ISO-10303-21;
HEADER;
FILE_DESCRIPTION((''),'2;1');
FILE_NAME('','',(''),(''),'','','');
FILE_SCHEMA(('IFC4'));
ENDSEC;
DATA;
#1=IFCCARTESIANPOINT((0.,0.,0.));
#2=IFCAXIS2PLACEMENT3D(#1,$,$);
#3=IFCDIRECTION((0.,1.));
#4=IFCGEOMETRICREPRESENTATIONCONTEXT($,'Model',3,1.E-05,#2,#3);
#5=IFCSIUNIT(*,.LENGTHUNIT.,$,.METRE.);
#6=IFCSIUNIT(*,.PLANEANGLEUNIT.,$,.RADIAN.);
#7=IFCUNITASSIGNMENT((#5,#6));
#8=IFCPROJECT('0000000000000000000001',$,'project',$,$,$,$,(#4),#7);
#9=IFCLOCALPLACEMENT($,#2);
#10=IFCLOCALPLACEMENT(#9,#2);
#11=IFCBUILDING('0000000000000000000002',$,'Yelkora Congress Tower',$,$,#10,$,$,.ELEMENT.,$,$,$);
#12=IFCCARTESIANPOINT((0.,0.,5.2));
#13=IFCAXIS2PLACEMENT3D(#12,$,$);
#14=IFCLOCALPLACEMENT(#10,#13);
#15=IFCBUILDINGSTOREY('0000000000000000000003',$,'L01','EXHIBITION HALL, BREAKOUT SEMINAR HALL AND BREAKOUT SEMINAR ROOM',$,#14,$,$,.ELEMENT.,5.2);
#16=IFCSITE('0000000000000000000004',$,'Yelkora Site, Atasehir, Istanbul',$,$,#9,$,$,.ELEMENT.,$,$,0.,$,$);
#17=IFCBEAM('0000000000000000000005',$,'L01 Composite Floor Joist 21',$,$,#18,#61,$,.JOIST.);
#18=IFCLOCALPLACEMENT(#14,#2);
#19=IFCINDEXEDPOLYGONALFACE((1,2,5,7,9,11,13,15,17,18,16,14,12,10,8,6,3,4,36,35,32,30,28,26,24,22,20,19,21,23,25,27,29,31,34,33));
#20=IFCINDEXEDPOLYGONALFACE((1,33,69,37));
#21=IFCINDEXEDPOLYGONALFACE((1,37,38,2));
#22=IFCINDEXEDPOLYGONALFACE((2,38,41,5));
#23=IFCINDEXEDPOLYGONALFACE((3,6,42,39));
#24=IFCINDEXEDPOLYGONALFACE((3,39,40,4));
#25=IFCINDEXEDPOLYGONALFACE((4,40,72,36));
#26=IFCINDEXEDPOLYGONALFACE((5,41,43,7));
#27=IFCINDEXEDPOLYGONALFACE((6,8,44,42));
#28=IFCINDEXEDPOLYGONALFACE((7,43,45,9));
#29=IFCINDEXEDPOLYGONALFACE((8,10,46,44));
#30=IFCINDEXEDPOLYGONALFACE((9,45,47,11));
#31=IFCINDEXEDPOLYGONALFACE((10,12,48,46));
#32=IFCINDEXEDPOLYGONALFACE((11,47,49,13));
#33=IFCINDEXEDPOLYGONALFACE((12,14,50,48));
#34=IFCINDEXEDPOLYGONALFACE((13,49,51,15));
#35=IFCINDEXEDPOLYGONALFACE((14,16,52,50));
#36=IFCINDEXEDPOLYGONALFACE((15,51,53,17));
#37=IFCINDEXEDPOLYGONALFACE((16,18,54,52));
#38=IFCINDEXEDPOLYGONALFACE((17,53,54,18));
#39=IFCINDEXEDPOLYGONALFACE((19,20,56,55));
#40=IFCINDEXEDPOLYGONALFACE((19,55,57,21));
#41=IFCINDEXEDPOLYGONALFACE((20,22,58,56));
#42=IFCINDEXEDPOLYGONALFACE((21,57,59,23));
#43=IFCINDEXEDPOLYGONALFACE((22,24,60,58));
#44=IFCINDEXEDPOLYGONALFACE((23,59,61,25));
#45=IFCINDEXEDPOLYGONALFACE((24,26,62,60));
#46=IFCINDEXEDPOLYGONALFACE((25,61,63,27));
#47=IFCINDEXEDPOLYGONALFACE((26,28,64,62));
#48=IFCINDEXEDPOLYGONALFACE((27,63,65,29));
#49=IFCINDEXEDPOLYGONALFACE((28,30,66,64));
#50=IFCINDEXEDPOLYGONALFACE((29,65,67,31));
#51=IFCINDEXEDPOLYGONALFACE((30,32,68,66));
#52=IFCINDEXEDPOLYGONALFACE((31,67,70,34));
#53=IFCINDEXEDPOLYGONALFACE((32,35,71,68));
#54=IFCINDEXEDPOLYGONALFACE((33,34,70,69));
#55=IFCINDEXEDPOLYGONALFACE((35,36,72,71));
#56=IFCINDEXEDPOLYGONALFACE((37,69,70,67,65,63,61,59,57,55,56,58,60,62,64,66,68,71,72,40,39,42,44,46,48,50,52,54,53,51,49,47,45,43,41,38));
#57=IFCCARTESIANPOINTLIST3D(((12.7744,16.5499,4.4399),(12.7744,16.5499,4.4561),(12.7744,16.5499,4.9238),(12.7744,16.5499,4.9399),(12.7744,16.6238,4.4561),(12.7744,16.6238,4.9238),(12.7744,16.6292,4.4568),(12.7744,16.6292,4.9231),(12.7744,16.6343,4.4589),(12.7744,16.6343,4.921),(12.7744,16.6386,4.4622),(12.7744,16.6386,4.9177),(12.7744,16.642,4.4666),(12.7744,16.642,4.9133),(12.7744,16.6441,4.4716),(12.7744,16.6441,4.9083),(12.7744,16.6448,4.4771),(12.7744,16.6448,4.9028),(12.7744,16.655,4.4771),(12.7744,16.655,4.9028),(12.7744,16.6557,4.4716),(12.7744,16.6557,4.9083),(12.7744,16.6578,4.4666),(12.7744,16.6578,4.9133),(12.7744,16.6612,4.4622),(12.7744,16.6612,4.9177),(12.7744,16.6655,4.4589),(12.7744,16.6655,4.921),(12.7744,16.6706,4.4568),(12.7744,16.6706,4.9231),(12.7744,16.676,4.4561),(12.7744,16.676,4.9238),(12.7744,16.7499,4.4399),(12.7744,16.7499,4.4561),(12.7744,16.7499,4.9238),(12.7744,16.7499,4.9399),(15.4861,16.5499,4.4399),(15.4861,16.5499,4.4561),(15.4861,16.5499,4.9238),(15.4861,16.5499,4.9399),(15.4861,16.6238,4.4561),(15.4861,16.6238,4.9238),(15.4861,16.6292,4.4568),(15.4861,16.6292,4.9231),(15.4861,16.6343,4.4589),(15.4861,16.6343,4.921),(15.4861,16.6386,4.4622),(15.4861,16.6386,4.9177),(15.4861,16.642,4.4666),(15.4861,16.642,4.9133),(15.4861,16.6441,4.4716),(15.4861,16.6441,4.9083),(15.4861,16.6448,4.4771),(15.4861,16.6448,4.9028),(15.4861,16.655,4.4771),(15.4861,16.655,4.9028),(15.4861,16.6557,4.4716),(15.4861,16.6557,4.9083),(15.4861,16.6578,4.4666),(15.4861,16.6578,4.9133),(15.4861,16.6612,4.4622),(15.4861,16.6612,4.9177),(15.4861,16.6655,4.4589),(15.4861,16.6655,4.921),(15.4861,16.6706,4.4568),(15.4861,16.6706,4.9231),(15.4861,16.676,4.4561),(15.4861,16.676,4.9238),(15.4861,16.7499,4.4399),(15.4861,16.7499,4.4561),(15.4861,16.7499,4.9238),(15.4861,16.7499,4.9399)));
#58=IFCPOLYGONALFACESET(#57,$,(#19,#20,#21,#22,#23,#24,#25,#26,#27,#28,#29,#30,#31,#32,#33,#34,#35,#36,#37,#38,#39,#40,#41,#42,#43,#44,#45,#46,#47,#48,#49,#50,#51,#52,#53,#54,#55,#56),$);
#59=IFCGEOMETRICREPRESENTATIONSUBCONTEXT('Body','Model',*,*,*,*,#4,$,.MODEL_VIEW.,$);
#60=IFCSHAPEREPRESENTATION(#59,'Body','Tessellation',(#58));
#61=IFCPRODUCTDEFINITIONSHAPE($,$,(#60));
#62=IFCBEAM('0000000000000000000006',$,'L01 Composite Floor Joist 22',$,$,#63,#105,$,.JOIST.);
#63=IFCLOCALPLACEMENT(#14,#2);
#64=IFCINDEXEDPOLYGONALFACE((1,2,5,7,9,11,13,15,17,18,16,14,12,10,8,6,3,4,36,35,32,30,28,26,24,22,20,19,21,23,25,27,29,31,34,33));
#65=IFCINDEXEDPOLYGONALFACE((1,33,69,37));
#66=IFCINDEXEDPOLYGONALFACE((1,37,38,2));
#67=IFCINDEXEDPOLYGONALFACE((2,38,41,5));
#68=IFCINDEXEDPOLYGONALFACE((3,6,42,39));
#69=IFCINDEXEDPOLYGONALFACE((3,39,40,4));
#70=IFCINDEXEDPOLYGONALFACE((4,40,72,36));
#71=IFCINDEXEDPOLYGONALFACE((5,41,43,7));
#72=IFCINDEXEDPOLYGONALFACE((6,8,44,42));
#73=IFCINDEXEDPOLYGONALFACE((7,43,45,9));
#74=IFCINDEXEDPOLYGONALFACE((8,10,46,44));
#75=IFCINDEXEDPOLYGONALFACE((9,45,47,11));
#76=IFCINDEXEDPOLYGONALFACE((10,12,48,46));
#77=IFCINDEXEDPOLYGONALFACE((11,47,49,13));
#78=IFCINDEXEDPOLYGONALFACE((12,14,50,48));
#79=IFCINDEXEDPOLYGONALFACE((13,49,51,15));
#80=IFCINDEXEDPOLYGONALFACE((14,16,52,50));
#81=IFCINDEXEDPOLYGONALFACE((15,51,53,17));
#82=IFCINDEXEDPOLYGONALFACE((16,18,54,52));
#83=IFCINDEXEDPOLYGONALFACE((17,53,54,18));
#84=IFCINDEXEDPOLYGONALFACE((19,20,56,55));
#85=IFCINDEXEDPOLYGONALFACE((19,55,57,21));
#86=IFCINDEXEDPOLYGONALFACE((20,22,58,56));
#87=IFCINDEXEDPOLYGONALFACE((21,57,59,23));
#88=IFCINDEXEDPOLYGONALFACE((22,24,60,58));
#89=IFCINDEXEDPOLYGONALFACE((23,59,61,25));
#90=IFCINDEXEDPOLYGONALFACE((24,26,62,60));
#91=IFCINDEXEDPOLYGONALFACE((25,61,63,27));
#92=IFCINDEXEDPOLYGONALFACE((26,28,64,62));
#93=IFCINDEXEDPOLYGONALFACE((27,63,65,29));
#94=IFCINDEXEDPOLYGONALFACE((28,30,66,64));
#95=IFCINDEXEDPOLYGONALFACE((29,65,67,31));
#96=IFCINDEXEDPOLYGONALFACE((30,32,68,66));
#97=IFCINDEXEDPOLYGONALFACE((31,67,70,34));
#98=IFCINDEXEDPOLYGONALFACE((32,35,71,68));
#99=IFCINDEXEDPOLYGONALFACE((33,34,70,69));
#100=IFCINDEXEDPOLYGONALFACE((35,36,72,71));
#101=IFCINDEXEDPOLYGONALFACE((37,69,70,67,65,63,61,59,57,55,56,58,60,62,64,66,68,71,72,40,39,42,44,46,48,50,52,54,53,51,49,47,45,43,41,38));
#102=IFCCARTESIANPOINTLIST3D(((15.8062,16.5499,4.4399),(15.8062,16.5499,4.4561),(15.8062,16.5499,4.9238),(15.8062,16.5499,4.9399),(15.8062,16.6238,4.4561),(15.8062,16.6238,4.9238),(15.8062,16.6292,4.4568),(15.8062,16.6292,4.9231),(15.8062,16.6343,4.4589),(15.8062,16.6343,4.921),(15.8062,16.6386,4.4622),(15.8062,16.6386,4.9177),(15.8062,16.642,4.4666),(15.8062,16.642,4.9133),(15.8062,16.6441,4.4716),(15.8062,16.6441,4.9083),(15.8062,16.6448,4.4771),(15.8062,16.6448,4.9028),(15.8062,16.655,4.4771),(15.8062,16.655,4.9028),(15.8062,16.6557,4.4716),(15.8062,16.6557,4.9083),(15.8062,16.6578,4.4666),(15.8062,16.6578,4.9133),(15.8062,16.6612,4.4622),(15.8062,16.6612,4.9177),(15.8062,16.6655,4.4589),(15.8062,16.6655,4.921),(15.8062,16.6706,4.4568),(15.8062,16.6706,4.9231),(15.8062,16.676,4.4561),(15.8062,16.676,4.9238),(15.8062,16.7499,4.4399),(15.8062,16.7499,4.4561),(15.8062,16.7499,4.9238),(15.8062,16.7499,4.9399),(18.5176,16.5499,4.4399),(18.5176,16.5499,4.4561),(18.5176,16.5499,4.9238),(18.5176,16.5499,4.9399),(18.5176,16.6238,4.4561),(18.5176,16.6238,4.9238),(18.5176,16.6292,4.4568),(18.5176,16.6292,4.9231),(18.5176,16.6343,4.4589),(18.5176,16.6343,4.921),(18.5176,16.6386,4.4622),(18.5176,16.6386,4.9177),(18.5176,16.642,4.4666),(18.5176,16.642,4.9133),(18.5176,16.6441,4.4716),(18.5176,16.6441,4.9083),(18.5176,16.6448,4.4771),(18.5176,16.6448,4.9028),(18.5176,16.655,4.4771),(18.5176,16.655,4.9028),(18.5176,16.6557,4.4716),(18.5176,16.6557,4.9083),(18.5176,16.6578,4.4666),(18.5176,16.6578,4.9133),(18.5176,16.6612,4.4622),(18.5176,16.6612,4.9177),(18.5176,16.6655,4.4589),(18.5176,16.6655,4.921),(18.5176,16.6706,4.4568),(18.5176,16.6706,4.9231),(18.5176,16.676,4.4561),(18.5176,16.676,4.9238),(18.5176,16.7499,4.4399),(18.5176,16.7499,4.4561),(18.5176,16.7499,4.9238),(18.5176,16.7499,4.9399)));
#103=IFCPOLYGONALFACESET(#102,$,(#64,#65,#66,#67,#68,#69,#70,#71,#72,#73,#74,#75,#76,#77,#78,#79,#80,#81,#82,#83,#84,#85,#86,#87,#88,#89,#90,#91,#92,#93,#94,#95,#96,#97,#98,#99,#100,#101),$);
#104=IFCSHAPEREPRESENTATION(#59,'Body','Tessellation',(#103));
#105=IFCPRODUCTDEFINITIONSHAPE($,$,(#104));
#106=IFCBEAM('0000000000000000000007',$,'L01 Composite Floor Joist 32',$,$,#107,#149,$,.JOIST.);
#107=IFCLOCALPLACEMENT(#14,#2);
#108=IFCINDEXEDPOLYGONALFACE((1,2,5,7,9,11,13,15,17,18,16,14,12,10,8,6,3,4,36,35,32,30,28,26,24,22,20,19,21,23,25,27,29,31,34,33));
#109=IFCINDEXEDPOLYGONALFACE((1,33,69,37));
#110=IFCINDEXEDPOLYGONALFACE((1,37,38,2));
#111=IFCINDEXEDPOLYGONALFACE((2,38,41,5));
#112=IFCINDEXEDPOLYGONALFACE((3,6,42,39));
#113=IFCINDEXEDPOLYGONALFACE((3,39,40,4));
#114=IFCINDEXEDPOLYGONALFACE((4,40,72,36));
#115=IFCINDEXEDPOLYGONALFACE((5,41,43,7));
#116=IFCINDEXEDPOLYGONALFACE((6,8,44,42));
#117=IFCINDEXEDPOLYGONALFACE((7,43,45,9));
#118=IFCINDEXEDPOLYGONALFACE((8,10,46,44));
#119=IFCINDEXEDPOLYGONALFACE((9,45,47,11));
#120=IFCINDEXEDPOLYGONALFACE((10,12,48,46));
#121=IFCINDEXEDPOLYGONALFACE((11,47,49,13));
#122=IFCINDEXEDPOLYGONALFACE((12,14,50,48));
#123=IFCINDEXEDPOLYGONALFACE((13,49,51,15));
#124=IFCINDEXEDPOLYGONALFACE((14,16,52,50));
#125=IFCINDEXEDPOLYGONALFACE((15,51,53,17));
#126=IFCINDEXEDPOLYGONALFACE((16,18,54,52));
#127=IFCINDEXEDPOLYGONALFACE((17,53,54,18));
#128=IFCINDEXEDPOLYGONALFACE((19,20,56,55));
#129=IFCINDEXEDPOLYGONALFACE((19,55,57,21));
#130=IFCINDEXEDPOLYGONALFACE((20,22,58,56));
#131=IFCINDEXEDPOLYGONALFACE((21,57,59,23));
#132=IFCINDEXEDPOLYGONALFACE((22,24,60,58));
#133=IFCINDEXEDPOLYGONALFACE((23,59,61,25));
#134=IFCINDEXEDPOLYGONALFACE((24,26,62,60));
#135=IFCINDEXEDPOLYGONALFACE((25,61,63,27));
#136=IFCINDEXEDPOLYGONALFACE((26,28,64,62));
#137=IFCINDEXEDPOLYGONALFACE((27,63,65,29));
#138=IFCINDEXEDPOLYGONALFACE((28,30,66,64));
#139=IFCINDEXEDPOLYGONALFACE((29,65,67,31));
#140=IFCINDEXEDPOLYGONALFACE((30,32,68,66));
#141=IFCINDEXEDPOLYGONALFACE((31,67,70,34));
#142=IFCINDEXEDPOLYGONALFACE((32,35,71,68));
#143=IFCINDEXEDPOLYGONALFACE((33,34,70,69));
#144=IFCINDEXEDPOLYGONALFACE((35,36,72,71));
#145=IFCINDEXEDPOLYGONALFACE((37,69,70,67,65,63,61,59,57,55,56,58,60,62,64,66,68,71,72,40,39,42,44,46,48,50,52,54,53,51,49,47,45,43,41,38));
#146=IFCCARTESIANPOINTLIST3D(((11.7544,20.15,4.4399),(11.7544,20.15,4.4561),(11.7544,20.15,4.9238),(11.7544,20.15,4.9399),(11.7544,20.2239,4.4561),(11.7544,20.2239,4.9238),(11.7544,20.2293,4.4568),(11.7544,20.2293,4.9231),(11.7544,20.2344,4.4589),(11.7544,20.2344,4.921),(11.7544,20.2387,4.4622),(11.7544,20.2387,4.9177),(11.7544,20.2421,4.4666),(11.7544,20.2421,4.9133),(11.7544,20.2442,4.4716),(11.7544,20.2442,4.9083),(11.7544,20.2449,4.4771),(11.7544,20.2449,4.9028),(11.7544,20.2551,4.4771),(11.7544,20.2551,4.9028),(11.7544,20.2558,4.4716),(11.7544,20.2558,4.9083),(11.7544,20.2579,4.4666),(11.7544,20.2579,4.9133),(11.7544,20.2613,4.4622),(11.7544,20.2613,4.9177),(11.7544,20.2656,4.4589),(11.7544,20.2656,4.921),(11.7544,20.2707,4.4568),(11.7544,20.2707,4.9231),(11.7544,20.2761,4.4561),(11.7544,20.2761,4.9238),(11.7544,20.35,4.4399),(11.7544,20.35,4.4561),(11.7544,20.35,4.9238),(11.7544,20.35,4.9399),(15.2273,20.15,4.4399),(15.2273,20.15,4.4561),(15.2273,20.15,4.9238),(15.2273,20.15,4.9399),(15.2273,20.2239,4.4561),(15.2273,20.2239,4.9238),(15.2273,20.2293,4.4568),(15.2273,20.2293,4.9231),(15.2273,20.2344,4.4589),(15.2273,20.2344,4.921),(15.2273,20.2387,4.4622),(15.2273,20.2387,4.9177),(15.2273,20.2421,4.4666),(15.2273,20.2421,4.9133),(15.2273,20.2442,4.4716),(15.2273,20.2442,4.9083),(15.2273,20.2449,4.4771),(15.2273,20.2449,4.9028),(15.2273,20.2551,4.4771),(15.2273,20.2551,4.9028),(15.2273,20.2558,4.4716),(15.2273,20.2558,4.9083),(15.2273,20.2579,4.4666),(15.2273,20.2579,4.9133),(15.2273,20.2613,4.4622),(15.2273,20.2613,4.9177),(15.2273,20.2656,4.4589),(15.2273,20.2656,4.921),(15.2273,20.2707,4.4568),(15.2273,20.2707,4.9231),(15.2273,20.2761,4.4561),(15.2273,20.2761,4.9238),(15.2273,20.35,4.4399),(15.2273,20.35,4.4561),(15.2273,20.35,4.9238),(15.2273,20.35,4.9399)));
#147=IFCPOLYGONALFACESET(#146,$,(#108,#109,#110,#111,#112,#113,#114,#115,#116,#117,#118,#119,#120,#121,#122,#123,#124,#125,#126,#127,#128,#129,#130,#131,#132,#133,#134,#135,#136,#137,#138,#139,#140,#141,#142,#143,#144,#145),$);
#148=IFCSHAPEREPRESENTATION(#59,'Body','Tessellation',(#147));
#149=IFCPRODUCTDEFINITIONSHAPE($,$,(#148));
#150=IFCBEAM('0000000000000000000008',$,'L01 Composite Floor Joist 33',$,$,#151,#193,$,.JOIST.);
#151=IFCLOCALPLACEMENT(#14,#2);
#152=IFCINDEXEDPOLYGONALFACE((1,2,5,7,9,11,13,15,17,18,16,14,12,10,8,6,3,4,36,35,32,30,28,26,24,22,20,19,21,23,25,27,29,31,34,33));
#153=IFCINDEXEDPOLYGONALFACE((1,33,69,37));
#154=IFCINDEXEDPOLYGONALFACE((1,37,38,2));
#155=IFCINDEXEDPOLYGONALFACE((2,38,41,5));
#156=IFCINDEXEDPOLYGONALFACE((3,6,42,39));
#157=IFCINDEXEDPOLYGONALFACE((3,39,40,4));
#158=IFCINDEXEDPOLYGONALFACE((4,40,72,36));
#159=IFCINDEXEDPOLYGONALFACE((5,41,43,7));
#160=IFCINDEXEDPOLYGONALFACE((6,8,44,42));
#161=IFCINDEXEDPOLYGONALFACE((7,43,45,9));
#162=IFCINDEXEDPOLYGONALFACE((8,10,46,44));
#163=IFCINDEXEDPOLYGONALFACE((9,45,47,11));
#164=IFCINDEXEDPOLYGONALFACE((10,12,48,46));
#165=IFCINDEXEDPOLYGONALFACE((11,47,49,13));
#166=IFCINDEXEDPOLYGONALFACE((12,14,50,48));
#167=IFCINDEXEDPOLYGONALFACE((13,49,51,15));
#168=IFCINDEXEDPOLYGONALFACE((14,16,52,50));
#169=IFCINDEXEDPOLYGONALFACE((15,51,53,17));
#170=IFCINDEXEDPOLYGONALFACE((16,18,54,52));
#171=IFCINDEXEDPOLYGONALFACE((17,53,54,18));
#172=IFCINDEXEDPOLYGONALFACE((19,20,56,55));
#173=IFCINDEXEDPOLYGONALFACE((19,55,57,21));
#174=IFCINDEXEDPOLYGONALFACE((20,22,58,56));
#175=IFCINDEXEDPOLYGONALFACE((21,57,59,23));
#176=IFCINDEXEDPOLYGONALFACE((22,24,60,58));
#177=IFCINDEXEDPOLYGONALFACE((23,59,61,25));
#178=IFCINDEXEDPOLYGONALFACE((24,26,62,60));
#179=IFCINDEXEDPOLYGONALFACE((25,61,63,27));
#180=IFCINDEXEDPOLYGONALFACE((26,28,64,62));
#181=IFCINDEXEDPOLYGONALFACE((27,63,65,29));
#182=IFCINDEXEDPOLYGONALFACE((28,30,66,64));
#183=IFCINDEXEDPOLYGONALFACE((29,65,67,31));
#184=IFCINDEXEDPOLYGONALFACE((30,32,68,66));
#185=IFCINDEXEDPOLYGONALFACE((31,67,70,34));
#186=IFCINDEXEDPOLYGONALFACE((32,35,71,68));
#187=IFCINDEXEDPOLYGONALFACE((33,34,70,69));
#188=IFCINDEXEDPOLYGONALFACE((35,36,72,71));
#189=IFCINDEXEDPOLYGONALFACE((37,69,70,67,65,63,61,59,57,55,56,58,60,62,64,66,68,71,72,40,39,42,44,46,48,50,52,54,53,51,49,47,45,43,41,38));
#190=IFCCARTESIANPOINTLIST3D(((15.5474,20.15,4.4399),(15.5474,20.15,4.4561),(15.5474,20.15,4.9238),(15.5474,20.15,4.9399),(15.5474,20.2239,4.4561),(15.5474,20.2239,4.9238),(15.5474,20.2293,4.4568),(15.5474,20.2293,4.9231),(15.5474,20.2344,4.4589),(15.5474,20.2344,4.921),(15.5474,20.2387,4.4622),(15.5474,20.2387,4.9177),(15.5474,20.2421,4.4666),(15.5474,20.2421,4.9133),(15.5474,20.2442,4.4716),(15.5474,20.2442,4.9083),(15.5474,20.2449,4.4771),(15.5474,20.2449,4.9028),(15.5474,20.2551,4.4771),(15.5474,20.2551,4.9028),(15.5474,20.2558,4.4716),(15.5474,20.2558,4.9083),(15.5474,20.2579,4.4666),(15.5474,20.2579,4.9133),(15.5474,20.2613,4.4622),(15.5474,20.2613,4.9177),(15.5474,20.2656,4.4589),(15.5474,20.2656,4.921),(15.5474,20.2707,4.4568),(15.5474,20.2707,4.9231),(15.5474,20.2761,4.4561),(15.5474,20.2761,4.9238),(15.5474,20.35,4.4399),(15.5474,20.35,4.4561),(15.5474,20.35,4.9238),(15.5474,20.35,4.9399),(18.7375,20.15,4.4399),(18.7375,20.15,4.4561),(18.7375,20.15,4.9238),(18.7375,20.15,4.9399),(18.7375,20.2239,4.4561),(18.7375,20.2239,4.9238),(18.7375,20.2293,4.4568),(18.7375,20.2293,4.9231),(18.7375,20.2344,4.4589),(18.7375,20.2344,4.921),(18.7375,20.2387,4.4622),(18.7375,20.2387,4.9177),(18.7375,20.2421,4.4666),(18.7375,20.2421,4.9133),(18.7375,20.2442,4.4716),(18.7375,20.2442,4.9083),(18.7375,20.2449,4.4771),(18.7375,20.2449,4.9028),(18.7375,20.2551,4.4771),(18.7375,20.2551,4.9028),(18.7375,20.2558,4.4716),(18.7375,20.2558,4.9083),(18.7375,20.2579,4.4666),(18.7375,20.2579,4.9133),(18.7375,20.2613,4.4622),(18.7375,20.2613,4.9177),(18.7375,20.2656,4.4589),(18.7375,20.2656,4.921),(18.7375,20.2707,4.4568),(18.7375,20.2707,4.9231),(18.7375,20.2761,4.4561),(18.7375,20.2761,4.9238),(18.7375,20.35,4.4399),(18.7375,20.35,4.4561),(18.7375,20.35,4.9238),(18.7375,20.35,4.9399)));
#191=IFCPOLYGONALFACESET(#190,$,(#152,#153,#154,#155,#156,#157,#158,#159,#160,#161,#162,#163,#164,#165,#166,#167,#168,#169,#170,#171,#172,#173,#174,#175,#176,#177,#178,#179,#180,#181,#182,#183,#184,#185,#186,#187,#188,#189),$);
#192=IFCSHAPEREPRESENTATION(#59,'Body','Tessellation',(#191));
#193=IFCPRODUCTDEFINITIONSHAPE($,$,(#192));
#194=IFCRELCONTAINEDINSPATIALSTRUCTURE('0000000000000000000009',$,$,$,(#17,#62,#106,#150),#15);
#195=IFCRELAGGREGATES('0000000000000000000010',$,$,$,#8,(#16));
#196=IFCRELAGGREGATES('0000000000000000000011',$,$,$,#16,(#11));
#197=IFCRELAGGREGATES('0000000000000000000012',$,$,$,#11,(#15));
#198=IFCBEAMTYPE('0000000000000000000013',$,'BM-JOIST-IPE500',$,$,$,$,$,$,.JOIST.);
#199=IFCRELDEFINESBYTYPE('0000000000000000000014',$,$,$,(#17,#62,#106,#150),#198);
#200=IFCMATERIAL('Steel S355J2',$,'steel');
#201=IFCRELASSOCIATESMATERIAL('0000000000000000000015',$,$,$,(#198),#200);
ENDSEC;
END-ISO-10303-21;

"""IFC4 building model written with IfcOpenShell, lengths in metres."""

from ifc_helpers import new_model, si_unit, direction, frame, origin, origin_2d, place, context, subcontext, project, spatial, i_section, extrude, material, material_profile, profile_set, type_object, element, save


model = new_model("IFC4")

# Units and contexts
model_context = context("Model", 3, precision=1e-05, world=origin(), true_north=direction((0.0, 1.0)))
body_context = subcontext(model_context, "Body", "Model", "MODEL_VIEW")
ifc_project = project(units=[si_unit("LENGTHUNIT", "METRE"), si_unit("PLANEANGLEUNIT", "RADIAN")], contexts=[model_context])

# Site, building, storey
site_placement = place(None, origin())
site = spatial("IfcSite", under=ifc_project, at=site_placement, Name="Yelkora Site, Atasehir, Istanbul", CompositionType="ELEMENT", RefElevation=0.0)
building_placement = place(site_placement, origin())
building = spatial("IfcBuilding", under=site, at=building_placement, Name="Yelkora Congress Tower", CompositionType="ELEMENT")
storey_placement = place(building_placement, frame((0.0, 0.0, 5.2)))
storey = spatial("IfcBuildingStorey", under=building, at=storey_placement, Name="L01", Description="EXHIBITION HALL, BREAKOUT SEMINAR HALL AND BREAKOUT SEMINAR ROOM", CompositionType="ELEMENT", Elevation=5.2)

# Beams
ifc_material_1 = material(Name="Steel S355J2", Category="steel")
ifc_material_profile_1 = material_profile(ifc_material_1, i_section(OverallWidth=0.2, OverallDepth=0.5, WebThickness=0.0103, FlangeThickness=0.0161, FilletRadius=0.021, at=origin_2d()), Name="IPE 500")
ifc_profile_set_1 = profile_set([ifc_material_profile_1], Name="Steel S355J2")
beam_type_1 = type_object("IfcBeamType", Name="BM-JOIST-IPE500", PredefinedType="JOIST", material=ifc_profile_set_1)
beam_1_placement = place(storey_placement, frame((12.7744, 16.6499, 4.6899), z_axis=(1.0, 0.0, 0.0), x_axis=(0.0, 1.0, 0.0)))
element("IfcBeam", 1, at=beam_1_placement, inside=storey, type_object=beam_type_1, Name="L01 Composite Floor Joist 21", PredefinedType="JOIST", context=body_context, shape_type="SweptSolid", body=[
    extrude(i_section(OverallWidth=0.2, OverallDepth=0.5, WebThickness=0.0103, FlangeThickness=0.0161, FilletRadius=0.021, at=origin_2d()), origin(), (0.0, 0.0, 1.0), 2.7117),
])
beam_2_placement = place(storey_placement, frame((15.8062, 16.6499, 4.6899), z_axis=(1.0, 0.0, 0.0), x_axis=(0.0, 1.0, 0.0)))
element("IfcBeam", 2, at=beam_2_placement, inside=storey, type_object=beam_type_1, Name="L01 Composite Floor Joist 22", PredefinedType="JOIST", context=body_context, shape_type="SweptSolid", body=[
    extrude(i_section(OverallWidth=0.2, OverallDepth=0.5, WebThickness=0.0103, FlangeThickness=0.0161, FilletRadius=0.021, at=origin_2d()), origin(), (0.0, 0.0, 1.0), 2.7114),
])
beam_3_placement = place(storey_placement, frame((11.7544, 20.25, 4.6899), z_axis=(1.0, 0.0, 0.0), x_axis=(0.0, 1.0, 0.0)))
element("IfcBeam", 3, at=beam_3_placement, inside=storey, type_object=beam_type_1, Name="L01 Composite Floor Joist 32", PredefinedType="JOIST", context=body_context, shape_type="SweptSolid", body=[
    extrude(i_section(OverallWidth=0.2, OverallDepth=0.5, WebThickness=0.0103, FlangeThickness=0.0161, FilletRadius=0.021, at=origin_2d()), origin(), (0.0, 0.0, 1.0), 3.4729),
])
beam_4_placement = place(storey_placement, frame((15.5474, 20.25, 4.6899), z_axis=(1.0, 0.0, 0.0), x_axis=(0.0, 1.0, 0.0)))
element("IfcBeam", 4, at=beam_4_placement, inside=storey, type_object=beam_type_1, Name="L01 Composite Floor Joist 33", PredefinedType="JOIST", context=body_context, shape_type="SweptSolid", body=[
    extrude(i_section(OverallWidth=0.2, OverallDepth=0.5, WebThickness=0.0103, FlangeThickness=0.0161, FilletRadius=0.021, at=origin_2d()), origin(), (0.0, 0.0, 1.0), 3.1902),
])

save(model, "model.ifc")
